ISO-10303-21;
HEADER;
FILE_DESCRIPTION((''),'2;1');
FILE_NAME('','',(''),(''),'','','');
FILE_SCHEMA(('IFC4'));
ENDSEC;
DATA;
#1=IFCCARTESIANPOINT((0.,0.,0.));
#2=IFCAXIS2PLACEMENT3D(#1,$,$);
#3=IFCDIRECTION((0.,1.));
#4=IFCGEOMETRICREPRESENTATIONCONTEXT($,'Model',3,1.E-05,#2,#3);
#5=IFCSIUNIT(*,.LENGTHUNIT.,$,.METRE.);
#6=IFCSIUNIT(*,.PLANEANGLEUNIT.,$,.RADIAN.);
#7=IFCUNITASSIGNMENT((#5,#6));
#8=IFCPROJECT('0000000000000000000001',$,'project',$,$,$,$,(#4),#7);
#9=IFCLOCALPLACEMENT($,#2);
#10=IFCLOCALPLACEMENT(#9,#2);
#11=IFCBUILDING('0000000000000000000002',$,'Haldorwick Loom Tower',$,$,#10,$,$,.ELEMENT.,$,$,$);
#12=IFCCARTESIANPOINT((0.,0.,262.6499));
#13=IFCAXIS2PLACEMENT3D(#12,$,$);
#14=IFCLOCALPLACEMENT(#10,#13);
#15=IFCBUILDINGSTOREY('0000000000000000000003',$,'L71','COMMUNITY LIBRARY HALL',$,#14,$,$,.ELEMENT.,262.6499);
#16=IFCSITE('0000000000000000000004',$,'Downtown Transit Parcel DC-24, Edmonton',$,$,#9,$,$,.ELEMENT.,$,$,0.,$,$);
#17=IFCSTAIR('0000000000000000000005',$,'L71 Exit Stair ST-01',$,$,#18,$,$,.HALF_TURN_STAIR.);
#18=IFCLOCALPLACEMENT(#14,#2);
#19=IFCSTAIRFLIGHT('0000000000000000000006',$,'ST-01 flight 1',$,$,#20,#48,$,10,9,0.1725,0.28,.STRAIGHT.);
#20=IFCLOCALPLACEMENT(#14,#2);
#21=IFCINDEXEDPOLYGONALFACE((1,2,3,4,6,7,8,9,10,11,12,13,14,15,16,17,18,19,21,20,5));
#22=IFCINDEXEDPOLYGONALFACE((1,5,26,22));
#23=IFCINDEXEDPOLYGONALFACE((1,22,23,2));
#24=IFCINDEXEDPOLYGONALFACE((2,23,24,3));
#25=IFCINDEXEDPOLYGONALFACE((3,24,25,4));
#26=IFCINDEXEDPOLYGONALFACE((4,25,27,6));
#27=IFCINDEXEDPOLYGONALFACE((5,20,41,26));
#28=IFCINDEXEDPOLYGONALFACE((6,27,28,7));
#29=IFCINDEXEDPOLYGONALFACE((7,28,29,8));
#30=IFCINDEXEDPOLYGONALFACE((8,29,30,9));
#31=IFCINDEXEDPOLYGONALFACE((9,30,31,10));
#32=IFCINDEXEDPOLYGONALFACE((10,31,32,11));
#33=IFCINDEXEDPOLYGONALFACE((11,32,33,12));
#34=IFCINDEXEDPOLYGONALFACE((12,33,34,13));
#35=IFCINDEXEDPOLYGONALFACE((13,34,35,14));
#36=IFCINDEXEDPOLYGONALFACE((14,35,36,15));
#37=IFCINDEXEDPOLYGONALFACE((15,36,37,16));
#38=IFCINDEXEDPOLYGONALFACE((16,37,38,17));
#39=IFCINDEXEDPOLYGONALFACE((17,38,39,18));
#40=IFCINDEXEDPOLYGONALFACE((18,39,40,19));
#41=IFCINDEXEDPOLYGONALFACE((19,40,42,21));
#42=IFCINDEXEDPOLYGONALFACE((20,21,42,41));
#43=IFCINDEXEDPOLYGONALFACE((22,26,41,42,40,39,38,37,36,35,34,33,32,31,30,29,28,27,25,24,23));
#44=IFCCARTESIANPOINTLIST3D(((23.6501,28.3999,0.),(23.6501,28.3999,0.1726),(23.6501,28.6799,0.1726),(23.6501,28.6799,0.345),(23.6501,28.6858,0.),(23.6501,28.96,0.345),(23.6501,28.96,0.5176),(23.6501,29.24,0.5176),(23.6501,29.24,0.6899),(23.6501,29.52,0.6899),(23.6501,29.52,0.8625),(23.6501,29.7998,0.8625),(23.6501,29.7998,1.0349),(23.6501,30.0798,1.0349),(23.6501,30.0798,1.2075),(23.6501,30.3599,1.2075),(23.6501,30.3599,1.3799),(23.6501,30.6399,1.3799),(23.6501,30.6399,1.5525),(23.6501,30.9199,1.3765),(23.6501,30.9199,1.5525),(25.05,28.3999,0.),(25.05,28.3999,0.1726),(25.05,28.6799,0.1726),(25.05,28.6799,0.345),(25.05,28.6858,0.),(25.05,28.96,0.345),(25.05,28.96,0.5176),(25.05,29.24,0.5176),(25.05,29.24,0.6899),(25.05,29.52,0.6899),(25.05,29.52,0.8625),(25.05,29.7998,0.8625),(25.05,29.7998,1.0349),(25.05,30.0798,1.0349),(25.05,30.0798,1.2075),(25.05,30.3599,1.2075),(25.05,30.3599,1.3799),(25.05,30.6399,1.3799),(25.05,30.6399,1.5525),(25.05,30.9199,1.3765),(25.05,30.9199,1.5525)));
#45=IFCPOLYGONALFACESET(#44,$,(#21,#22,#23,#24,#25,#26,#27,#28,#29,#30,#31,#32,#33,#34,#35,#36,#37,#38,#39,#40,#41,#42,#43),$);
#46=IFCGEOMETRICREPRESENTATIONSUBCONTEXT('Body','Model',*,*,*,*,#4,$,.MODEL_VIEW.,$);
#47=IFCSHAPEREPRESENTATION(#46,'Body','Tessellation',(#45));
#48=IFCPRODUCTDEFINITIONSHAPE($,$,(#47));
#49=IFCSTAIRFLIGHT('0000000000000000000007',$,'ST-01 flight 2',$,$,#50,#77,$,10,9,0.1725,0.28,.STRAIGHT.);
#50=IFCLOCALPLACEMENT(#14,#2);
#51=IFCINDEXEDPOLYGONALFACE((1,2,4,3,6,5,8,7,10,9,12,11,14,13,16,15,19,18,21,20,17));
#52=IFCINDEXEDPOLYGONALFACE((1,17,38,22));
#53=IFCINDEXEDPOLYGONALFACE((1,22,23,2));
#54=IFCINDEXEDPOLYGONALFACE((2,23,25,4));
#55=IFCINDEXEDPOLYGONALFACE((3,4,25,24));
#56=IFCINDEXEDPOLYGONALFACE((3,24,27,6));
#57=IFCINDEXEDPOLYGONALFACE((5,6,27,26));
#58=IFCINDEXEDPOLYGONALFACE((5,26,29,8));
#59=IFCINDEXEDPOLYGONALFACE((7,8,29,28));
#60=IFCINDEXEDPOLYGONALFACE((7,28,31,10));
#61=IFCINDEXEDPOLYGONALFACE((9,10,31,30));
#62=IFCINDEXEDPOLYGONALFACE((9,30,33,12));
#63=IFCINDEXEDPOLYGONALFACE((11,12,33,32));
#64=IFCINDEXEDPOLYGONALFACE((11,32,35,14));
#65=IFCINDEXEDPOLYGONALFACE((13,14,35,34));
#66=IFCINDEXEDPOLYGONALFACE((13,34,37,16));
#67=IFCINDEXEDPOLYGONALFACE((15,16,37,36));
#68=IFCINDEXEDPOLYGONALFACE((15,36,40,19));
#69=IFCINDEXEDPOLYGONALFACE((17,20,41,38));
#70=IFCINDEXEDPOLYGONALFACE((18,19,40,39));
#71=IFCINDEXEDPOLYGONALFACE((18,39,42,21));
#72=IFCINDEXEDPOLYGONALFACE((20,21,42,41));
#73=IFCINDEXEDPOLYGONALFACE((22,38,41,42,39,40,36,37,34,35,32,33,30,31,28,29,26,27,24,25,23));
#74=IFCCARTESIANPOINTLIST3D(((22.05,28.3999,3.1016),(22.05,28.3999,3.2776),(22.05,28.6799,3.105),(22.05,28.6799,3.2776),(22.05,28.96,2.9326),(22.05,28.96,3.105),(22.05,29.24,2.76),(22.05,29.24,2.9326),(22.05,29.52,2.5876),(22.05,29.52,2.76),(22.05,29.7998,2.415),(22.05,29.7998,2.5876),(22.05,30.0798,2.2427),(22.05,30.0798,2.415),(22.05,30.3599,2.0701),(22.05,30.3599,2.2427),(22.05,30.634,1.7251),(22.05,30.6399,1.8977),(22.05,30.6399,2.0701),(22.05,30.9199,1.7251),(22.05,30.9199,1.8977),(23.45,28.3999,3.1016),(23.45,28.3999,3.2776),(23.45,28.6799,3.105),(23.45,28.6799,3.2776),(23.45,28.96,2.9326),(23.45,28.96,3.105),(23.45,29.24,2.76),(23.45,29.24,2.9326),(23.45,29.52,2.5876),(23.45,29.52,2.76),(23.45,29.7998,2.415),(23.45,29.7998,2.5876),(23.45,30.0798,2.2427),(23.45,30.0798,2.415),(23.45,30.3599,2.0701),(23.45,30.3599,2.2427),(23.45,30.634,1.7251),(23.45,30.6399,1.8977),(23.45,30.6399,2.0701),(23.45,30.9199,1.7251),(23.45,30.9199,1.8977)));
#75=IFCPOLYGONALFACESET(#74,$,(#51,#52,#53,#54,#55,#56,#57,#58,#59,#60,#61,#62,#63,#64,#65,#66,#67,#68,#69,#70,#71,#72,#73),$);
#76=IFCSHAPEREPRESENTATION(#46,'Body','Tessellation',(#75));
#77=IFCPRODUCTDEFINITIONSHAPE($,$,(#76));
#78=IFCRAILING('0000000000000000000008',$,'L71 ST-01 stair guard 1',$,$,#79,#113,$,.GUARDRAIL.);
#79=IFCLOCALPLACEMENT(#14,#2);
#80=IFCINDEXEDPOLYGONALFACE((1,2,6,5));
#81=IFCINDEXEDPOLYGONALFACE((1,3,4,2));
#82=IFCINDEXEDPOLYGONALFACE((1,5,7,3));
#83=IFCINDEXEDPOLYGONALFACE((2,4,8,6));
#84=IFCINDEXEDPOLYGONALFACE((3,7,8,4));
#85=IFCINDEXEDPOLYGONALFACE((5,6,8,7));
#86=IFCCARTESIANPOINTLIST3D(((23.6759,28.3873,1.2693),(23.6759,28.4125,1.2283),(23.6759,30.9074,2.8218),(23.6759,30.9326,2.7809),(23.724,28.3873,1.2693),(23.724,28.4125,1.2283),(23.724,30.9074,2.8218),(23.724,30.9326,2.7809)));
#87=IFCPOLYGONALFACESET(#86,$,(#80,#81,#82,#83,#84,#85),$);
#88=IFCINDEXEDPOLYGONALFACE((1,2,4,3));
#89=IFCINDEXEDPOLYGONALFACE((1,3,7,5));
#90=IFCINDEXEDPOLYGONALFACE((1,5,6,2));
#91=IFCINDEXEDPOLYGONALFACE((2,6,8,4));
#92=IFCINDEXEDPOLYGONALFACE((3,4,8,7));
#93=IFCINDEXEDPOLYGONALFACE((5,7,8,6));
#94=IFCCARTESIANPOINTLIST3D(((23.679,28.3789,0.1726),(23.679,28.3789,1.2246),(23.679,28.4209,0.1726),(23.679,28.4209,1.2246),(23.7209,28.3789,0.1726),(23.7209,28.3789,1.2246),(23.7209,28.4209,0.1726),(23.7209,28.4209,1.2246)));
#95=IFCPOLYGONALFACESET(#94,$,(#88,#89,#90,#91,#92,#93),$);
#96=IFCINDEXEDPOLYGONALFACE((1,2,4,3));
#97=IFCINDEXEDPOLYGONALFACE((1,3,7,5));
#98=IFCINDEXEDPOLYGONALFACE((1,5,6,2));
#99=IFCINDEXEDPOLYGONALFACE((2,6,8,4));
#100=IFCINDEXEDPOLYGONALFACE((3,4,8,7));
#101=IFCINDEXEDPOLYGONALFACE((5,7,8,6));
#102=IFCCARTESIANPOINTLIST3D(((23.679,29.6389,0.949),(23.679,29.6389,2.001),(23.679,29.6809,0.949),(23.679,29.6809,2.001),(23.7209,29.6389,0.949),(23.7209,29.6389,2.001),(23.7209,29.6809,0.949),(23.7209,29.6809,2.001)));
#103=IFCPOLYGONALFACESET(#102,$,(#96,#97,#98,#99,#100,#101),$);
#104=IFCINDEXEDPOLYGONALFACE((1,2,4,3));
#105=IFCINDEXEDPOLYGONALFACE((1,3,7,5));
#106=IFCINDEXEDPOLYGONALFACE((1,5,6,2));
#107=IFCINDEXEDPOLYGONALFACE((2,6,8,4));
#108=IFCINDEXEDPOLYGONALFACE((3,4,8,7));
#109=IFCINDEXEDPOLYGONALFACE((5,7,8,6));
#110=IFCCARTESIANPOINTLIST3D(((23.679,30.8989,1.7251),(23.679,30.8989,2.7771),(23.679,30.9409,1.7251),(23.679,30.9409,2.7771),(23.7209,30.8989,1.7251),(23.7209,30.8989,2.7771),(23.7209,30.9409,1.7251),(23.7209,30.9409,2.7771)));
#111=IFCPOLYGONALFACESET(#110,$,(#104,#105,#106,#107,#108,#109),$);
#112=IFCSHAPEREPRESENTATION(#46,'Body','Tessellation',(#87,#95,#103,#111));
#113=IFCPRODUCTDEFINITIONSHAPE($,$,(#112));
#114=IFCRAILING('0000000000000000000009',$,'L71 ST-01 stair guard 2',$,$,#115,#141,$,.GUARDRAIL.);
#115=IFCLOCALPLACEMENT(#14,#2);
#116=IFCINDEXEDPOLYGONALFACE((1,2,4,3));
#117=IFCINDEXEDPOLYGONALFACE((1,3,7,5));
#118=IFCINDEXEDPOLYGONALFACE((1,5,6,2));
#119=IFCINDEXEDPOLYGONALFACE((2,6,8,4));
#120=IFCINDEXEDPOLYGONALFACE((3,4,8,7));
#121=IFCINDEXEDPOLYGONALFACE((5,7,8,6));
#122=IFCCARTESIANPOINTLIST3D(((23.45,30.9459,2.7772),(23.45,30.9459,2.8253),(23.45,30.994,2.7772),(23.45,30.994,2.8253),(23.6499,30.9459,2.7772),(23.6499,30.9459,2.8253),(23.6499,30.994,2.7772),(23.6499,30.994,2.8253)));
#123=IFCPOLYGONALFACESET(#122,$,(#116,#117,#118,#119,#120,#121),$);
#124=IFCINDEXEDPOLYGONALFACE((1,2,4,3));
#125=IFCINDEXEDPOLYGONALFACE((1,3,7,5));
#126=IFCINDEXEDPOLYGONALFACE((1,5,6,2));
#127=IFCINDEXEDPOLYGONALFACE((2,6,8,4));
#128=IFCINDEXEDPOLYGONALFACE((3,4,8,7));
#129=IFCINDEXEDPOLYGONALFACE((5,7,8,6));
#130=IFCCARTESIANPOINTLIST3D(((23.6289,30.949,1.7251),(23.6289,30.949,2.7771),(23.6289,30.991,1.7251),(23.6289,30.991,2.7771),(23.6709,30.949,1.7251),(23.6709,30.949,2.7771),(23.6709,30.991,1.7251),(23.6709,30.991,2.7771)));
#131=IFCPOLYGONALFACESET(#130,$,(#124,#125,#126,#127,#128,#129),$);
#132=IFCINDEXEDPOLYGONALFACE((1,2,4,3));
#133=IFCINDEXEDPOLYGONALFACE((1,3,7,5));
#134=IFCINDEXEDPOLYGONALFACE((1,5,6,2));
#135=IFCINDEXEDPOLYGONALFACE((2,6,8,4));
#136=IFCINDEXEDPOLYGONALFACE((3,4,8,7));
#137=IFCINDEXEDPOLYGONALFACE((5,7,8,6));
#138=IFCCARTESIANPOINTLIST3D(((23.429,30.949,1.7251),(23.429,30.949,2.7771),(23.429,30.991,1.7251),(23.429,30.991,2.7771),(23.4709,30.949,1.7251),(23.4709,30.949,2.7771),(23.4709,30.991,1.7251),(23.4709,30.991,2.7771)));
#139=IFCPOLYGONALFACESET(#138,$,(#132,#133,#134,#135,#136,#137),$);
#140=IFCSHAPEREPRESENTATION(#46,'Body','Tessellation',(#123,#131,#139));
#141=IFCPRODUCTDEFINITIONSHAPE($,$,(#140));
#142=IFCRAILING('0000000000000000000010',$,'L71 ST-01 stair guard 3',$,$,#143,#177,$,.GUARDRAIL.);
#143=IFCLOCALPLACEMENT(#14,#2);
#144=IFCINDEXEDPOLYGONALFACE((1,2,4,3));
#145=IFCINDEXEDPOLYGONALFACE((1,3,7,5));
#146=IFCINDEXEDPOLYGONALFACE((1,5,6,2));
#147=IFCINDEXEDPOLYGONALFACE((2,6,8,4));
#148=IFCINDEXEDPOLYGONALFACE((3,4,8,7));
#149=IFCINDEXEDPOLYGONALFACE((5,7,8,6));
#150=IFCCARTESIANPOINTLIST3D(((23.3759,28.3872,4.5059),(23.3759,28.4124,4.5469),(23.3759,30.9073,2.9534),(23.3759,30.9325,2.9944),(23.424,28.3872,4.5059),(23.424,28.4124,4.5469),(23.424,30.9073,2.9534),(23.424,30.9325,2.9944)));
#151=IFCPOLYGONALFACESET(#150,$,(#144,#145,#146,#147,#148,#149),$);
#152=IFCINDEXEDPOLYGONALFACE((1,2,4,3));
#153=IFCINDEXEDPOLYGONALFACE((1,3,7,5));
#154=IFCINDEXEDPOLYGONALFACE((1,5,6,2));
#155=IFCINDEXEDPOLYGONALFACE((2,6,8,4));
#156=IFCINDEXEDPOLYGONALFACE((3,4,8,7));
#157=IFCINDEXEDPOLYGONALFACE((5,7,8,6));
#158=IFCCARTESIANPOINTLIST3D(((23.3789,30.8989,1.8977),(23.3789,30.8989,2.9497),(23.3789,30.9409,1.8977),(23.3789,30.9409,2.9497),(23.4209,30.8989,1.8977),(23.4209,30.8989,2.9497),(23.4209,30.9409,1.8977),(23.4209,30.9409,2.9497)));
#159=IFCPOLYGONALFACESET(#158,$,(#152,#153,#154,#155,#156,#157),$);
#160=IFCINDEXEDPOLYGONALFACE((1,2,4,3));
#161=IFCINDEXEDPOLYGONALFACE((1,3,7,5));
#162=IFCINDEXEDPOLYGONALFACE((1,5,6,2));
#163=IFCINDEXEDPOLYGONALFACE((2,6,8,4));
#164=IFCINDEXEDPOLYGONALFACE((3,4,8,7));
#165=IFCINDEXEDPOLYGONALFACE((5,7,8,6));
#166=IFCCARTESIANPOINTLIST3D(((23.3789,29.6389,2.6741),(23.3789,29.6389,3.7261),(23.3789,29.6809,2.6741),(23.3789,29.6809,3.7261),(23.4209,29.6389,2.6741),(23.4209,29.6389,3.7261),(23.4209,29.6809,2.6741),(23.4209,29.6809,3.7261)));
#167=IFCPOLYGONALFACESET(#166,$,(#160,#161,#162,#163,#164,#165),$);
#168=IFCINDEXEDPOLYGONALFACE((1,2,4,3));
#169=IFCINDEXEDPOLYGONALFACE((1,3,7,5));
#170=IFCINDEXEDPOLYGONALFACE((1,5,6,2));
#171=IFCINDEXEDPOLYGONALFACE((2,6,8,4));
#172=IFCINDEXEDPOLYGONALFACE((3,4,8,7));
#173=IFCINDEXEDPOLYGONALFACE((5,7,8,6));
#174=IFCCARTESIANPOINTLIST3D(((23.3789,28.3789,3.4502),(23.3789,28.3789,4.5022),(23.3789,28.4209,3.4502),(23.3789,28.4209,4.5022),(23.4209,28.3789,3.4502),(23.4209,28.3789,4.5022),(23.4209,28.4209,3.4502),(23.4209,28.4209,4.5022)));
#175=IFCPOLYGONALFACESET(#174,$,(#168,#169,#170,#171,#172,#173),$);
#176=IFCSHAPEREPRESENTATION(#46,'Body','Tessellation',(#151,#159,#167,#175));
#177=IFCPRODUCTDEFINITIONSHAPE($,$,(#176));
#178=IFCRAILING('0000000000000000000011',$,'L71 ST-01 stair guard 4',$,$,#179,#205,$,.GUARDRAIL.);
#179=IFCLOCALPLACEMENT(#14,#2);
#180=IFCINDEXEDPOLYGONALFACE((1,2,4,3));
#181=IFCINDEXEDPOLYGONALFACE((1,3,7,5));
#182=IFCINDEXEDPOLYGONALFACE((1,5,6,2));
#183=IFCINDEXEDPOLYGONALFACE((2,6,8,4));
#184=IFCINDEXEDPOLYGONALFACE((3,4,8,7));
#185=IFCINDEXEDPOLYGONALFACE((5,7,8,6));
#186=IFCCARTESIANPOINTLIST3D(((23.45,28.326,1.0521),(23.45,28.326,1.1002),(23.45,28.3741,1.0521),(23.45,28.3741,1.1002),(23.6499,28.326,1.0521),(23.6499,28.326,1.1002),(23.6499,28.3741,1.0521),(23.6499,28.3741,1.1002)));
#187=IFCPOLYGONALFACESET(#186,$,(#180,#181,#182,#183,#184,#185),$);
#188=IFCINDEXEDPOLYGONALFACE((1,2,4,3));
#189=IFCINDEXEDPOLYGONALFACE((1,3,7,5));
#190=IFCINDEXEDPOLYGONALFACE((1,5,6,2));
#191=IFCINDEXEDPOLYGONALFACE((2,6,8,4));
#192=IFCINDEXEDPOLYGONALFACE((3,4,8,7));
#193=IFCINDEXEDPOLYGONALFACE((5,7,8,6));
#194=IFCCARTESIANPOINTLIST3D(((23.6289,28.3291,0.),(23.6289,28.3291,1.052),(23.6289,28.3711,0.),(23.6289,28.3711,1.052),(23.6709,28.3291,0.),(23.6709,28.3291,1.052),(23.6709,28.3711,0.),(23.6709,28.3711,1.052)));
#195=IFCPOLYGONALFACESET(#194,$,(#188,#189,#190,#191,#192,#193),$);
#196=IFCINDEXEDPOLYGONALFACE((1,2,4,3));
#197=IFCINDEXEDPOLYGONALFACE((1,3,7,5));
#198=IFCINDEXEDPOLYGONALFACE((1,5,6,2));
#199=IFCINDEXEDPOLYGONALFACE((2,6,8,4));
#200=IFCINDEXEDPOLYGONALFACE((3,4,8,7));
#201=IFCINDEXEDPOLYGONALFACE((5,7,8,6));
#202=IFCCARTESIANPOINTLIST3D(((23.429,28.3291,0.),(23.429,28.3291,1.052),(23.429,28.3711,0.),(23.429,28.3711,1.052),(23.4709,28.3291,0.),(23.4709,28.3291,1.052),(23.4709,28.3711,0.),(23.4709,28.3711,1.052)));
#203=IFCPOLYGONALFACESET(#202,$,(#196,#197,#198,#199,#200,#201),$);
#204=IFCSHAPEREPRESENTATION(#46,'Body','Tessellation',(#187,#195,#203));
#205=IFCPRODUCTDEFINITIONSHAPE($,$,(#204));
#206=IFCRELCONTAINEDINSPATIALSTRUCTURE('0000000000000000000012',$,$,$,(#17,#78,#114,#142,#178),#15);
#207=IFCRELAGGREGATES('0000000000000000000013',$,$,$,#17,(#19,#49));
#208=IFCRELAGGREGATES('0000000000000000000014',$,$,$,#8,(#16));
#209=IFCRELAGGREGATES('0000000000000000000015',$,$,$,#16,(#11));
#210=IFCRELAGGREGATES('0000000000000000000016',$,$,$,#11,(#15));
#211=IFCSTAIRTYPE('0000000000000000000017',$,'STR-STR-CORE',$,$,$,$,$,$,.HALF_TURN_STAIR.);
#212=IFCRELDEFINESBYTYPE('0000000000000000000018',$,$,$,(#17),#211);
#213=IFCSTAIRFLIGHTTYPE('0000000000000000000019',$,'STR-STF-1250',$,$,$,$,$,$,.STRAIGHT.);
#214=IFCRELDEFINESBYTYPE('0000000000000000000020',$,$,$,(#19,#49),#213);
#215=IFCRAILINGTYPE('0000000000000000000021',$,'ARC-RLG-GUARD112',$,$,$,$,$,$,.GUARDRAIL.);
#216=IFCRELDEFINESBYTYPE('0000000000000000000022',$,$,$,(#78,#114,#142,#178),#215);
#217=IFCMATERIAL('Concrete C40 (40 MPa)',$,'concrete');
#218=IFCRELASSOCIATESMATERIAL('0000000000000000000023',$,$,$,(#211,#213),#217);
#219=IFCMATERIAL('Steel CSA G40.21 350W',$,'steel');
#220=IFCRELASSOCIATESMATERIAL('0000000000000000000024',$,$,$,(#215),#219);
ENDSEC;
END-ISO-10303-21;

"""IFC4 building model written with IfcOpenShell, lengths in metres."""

from ifc_helpers import new_model, si_unit, direction, frame, origin, origin_2d, place, context, subcontext, project, spatial, polyline, rectangle, outline, extrude, material, type_object, element, aggregate, save


model = new_model("IFC4")

# Units and contexts
model_context = context("Model", 3, precision=1e-05, world=origin(), true_north=direction((0.0, 1.0)))
body_context = subcontext(model_context, "Body", "Model", "MODEL_VIEW")
ifc_project = project(units=[si_unit("LENGTHUNIT", "METRE"), si_unit("PLANEANGLEUNIT", "RADIAN")], contexts=[model_context])

# Site, building, storey
site_placement = place(None, origin())
site = spatial("IfcSite", under=ifc_project, at=site_placement, Name="Downtown Transit Parcel DC-24, Edmonton", CompositionType="ELEMENT", RefElevation=0.0)
building_placement = place(site_placement, origin())
building = spatial("IfcBuilding", under=site, at=building_placement, Name="Haldorwick Loom Tower", CompositionType="ELEMENT")
storey_placement = place(building_placement, frame((0.0, 0.0, 262.6499)))
storey = spatial("IfcBuildingStorey", under=building, at=storey_placement, Name="L71", Description="COMMUNITY LIBRARY HALL", CompositionType="ELEMENT", Elevation=262.6499)

# Shared definitions
ifc_material_1 = material(Name="Steel CSA G40.21 350W", Category="steel")

# Stair, stair flights
ifc_material_2 = material(Name="Concrete C40 (40 MPa)", Category="concrete")
stair_type = type_object("IfcStairType", Name="STR-STR-CORE", PredefinedType="HALF_TURN_STAIR", material=ifc_material_2)
stair_placement = place(storey_placement, origin())
stair = element("IfcStair", 1, at=stair_placement, inside=storey, type_object=stair_type, Name="L71 Exit Stair ST-01", PredefinedType="HALF_TURN_STAIR")
stair_flight_type = type_object("IfcStairFlightType", Name="STR-STF-1250", PredefinedType="STRAIGHT", material=ifc_material_2)
stair_flight_1_placement = place(storey_placement, frame((24.3501, 28.3999, 0.0), z_axis=(0.0, 0.0, 1.0), x_axis=(0.0, 1.0, 0.0)))
stair_flight_1 = element("IfcStairFlight", 2, at=stair_flight_1_placement, type_object=stair_flight_type, Name="ST-01 flight 1", NumberOfRisers=10, NumberOfTreads=9, PredefinedType="STRAIGHT", RiserHeight=0.1725, TreadLength=0.28, context=body_context, shape_type="SweptSolid", body=[
    extrude(outline(polyline([(0.0, 0.0), (0.0, 0.1726), (0.28, 0.1726), (0.28, 0.345), (0.5601, 0.345), (0.5601, 0.5176), (0.8401, 0.5176), (0.8401, 0.6899), (1.1201, 0.6899), (1.1201, 0.8625), (1.3999, 0.8625), (1.3999, 1.0349), (1.6799, 1.0349), (1.6799, 1.2075), (1.96, 1.2075), (1.96, 1.3799), (2.24, 1.3799), (2.24, 1.5525), (2.52, 1.5525), (2.52, 1.7251), (2.52, 1.3765), (0.2859, 0.0), (0.0, 0.0)])), frame((0.0, 0.7, 0.0), z_axis=(0.0, -1.0, 0.0), x_axis=(1.0, 0.0, 0.0)), (0.0, 0.0, 1.0), 1.3999),
])
stair_flight_2_placement = place(storey_placement, frame((22.75, 30.9199, 1.7251), z_axis=(0.0, 0.0, 1.0), x_axis=(0.0, -1.0, 0.0)))
stair_flight_2 = element("IfcStairFlight", 3, at=stair_flight_2_placement, type_object=stair_flight_type, Name="ST-01 flight 2", NumberOfRisers=10, NumberOfTreads=9, PredefinedType="STRAIGHT", RiserHeight=0.1725, TreadLength=0.28, context=body_context, shape_type="SweptSolid", body=[
    extrude(outline(polyline([(0.0, 0.0), (0.0, 0.1726), (0.28, 0.1726), (0.28, 0.345), (0.5601, 0.345), (0.5601, 0.5176), (0.8401, 0.5176), (0.8401, 0.6899), (1.1201, 0.6899), (1.1201, 0.8625), (1.3999, 0.8625), (1.3999, 1.0349), (1.6799, 1.0349), (1.6799, 1.2075), (1.96, 1.2075), (1.96, 1.3799), (2.24, 1.3799), (2.24, 1.5525), (2.52, 1.5525), (2.52, 1.7251), (2.52, 1.3765), (0.2859, 0.0), (0.0, 0.0)])), frame((0.0, 0.7, 0.0), z_axis=(0.0, -1.0, 0.0), x_axis=(1.0, 0.0, 0.0)), (0.0, 0.0, 1.0), 1.3999),
])
aggregate(stair, [stair_flight_1, stair_flight_2])

# Railings
railing_type_1 = type_object("IfcRailingType", Name="ARC-RLG-GUARD112", PredefinedType="GUARDRAIL", material=ifc_material_1)
railing_1_placement = place(storey_placement, frame((23.7, 28.3999, 0.1726)))
element("IfcRailing", 4, at=railing_1_placement, inside=storey, type_object=railing_type_1, Name="L71 ST-01 stair guard 1", PredefinedType="GUARDRAIL", context=body_context, shape_type="SweptSolid", body=[
    extrude(rectangle(XDim=0.0481, YDim=0.0481, at=origin_2d()), frame((0.0, 0.0, 1.0762), z_axis=(0.0, 0.8514, 0.524516), x_axis=(-1.0, 0.0, 0.0)), (0.0, 0.0, 1.0), 2.96),
    extrude(rectangle(XDim=0.042, YDim=0.042, at=origin_2d()), origin(), (0.0, 0.0, 1.0), 1.052),
    extrude(rectangle(XDim=0.042, YDim=0.042, at=origin_2d()), frame((0.0, 1.26, 0.7764)), (0.0, 0.0, 1.0), 1.052),
    extrude(rectangle(XDim=0.042, YDim=0.042, at=origin_2d()), frame((0.0, 2.52, 1.5525)), (0.0, 0.0, 1.0), 1.052),
])
railing_2_placement = place(storey_placement, frame((23.6499, 30.97, 1.7251)))
element("IfcRailing", 5, at=railing_2_placement, inside=storey, type_object=railing_type_1, Name="L71 ST-01 stair guard 2", PredefinedType="GUARDRAIL", context=body_context, shape_type="SweptSolid", body=[
    extrude(rectangle(XDim=0.0481, YDim=0.0481, at=origin_2d()), frame((0.0, 0.0, 1.0762), z_axis=(-1.0, 0.0, 0.0), x_axis=(0.0, -1.0, 0.0)), (0.0, 0.0, 1.0), 0.2),
    extrude(rectangle(XDim=0.042, YDim=0.042, at=origin_2d()), origin(), (0.0, 0.0, 1.0), 1.052),
    extrude(rectangle(XDim=0.042, YDim=0.042, at=origin_2d()), frame((-0.2, 0.0, 0.0)), (0.0, 0.0, 1.0), 1.052),
])
railing_3_placement = place(storey_placement, frame((23.3999, 30.9199, 1.8977)))
element("IfcRailing", 6, at=railing_3_placement, inside=storey, type_object=railing_type_1, Name="L71 ST-01 stair guard 3", PredefinedType="GUARDRAIL", context=body_context, shape_type="SweptSolid", body=[
    extrude(rectangle(XDim=0.0481, YDim=0.0481, at=origin_2d()), frame((0.0, 0.0, 1.0762), z_axis=(0.0, -0.8514, 0.524516), x_axis=(1.0, 0.0, 0.0)), (0.0, 0.0, 1.0), 2.96),
    extrude(rectangle(XDim=0.042, YDim=0.042, at=origin_2d()), origin(), (0.0, 0.0, 1.0), 1.052),
    extrude(rectangle(XDim=0.042, YDim=0.042, at=origin_2d()), frame((0.0, -1.26, 0.7764)), (0.0, 0.0, 1.0), 1.052),
    extrude(rectangle(XDim=0.042, YDim=0.042, at=origin_2d()), frame((0.0, -2.52, 1.5525)), (0.0, 0.0, 1.0), 1.052),
])
railing_4_placement = place(storey_placement, frame((23.6499, 28.3501, 0.0)))
element("IfcRailing", 7, at=railing_4_placement, inside=storey, type_object=railing_type_1, Name="L71 ST-01 stair guard 4", PredefinedType="GUARDRAIL", context=body_context, shape_type="SweptSolid", body=[
    extrude(rectangle(XDim=0.0481, YDim=0.0481, at=origin_2d()), frame((0.0, 0.0, 1.0762), z_axis=(-1.0, 0.0, 0.0), x_axis=(0.0, -1.0, 0.0)), (0.0, 0.0, 1.0), 0.2),
    extrude(rectangle(XDim=0.042, YDim=0.042, at=origin_2d()), origin(), (0.0, 0.0, 1.0), 1.052),
    extrude(rectangle(XDim=0.042, YDim=0.042, at=origin_2d()), frame((-0.2, 0.0, 0.0)), (0.0, 0.0, 1.0), 1.052),
])

save(model, "model.ifc")
